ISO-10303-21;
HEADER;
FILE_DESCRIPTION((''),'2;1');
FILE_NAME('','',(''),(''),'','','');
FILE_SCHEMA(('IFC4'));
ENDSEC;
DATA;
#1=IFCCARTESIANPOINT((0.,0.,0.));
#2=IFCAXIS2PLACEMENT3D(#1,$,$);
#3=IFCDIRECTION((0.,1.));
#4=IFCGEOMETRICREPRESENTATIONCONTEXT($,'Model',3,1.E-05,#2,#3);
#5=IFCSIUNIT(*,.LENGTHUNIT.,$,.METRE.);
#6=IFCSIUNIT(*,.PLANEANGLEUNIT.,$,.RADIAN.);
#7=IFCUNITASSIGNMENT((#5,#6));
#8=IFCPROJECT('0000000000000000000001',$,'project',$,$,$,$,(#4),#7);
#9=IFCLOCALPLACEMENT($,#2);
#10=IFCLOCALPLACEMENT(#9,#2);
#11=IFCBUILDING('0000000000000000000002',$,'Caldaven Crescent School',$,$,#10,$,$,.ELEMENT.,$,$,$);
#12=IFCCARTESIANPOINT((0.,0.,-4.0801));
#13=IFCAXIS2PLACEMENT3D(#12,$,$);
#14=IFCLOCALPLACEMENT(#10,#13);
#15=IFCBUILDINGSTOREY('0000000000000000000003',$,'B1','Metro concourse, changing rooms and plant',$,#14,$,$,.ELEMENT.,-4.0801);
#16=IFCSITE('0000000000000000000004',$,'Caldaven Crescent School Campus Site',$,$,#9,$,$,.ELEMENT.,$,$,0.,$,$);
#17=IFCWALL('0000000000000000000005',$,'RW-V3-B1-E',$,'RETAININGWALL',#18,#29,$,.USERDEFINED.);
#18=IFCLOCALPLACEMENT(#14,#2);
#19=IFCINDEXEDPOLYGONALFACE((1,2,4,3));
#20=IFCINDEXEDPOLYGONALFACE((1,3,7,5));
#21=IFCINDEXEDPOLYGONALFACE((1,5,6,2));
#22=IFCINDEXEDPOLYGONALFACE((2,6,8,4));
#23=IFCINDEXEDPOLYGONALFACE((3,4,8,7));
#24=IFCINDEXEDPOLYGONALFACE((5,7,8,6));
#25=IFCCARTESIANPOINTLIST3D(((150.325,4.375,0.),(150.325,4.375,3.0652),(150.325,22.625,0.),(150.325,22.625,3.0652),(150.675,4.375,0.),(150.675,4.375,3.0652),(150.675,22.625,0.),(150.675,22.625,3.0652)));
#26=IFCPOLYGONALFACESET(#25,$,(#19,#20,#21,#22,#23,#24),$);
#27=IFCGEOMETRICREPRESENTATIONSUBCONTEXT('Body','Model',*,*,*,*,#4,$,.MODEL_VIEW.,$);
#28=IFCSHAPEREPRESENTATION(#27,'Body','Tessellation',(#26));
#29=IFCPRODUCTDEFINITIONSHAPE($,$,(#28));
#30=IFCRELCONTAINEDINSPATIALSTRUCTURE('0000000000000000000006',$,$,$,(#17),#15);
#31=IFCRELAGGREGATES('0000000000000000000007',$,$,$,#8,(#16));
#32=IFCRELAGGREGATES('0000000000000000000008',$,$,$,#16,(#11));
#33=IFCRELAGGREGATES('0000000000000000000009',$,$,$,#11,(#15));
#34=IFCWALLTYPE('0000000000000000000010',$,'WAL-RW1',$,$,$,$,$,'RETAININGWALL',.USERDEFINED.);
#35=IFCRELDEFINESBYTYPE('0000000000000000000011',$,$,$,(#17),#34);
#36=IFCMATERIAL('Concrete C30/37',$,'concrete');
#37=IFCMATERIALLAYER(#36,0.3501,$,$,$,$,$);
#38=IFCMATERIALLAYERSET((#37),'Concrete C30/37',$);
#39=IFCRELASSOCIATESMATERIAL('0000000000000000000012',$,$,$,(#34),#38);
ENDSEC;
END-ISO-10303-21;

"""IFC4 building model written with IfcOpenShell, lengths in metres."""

from ifc_helpers import new_model, si_unit, direction, frame, frame_2d, origin, place, context, subcontext, project, spatial, rectangle, extrude, material, layer, layer_set, type_object, element, save


model = new_model("IFC4")

# Units and contexts
model_context = context("Model", 3, precision=1e-05, world=origin(), true_north=direction((0.0, 1.0)))
body_context = subcontext(model_context, "Body", "Model", "MODEL_VIEW")
ifc_project = project(units=[si_unit("LENGTHUNIT", "METRE"), si_unit("PLANEANGLEUNIT", "RADIAN")], contexts=[model_context])

# Site, building, storey
site_placement = place(None, origin())
site = spatial("IfcSite", under=ifc_project, at=site_placement, Name="Caldaven Crescent School Campus Site", CompositionType="ELEMENT", RefElevation=0.0)
building_placement = place(site_placement, origin())
building = spatial("IfcBuilding", under=site, at=building_placement, Name="Caldaven Crescent School", CompositionType="ELEMENT")
storey_placement = place(building_placement, frame((0.0, 0.0, -4.0801)))
storey = spatial("IfcBuildingStorey", under=building, at=storey_placement, Name="B1", Description="Metro concourse, changing rooms and plant", CompositionType="ELEMENT", Elevation=-4.0801)

# Shared definitions
ifc_material_1 = material(Name="Concrete C30/37", Category="concrete")

# Wall
ifc_layer_1 = layer(ifc_material_1, 0.3501)
ifc_layer_set_1 = layer_set([ifc_layer_1], Name="Concrete C30/37")
wall_type = type_object("IfcWallType", Name="WAL-RW1", ElementType="RETAININGWALL", PredefinedType="USERDEFINED", material=ifc_layer_set_1)
wall_placement = place(storey_placement, frame((150.5, 4.375, 0.0), z_axis=(0.0, 0.0, 1.0), x_axis=(0.0, 1.0, 0.0)))
element("IfcWall", 1, at=wall_placement, inside=storey, type_object=wall_type, Name="RW-V3-B1-E", ObjectType="RETAININGWALL", PredefinedType="USERDEFINED", context=body_context, shape_type="SweptSolid", body=[
    extrude(rectangle(XDim=18.25, YDim=0.3501, at=frame_2d((9.125, 0.0))), origin(), (0.0, 0.0, 1.0), 3.0652),
])

save(model, "model.ifc")
